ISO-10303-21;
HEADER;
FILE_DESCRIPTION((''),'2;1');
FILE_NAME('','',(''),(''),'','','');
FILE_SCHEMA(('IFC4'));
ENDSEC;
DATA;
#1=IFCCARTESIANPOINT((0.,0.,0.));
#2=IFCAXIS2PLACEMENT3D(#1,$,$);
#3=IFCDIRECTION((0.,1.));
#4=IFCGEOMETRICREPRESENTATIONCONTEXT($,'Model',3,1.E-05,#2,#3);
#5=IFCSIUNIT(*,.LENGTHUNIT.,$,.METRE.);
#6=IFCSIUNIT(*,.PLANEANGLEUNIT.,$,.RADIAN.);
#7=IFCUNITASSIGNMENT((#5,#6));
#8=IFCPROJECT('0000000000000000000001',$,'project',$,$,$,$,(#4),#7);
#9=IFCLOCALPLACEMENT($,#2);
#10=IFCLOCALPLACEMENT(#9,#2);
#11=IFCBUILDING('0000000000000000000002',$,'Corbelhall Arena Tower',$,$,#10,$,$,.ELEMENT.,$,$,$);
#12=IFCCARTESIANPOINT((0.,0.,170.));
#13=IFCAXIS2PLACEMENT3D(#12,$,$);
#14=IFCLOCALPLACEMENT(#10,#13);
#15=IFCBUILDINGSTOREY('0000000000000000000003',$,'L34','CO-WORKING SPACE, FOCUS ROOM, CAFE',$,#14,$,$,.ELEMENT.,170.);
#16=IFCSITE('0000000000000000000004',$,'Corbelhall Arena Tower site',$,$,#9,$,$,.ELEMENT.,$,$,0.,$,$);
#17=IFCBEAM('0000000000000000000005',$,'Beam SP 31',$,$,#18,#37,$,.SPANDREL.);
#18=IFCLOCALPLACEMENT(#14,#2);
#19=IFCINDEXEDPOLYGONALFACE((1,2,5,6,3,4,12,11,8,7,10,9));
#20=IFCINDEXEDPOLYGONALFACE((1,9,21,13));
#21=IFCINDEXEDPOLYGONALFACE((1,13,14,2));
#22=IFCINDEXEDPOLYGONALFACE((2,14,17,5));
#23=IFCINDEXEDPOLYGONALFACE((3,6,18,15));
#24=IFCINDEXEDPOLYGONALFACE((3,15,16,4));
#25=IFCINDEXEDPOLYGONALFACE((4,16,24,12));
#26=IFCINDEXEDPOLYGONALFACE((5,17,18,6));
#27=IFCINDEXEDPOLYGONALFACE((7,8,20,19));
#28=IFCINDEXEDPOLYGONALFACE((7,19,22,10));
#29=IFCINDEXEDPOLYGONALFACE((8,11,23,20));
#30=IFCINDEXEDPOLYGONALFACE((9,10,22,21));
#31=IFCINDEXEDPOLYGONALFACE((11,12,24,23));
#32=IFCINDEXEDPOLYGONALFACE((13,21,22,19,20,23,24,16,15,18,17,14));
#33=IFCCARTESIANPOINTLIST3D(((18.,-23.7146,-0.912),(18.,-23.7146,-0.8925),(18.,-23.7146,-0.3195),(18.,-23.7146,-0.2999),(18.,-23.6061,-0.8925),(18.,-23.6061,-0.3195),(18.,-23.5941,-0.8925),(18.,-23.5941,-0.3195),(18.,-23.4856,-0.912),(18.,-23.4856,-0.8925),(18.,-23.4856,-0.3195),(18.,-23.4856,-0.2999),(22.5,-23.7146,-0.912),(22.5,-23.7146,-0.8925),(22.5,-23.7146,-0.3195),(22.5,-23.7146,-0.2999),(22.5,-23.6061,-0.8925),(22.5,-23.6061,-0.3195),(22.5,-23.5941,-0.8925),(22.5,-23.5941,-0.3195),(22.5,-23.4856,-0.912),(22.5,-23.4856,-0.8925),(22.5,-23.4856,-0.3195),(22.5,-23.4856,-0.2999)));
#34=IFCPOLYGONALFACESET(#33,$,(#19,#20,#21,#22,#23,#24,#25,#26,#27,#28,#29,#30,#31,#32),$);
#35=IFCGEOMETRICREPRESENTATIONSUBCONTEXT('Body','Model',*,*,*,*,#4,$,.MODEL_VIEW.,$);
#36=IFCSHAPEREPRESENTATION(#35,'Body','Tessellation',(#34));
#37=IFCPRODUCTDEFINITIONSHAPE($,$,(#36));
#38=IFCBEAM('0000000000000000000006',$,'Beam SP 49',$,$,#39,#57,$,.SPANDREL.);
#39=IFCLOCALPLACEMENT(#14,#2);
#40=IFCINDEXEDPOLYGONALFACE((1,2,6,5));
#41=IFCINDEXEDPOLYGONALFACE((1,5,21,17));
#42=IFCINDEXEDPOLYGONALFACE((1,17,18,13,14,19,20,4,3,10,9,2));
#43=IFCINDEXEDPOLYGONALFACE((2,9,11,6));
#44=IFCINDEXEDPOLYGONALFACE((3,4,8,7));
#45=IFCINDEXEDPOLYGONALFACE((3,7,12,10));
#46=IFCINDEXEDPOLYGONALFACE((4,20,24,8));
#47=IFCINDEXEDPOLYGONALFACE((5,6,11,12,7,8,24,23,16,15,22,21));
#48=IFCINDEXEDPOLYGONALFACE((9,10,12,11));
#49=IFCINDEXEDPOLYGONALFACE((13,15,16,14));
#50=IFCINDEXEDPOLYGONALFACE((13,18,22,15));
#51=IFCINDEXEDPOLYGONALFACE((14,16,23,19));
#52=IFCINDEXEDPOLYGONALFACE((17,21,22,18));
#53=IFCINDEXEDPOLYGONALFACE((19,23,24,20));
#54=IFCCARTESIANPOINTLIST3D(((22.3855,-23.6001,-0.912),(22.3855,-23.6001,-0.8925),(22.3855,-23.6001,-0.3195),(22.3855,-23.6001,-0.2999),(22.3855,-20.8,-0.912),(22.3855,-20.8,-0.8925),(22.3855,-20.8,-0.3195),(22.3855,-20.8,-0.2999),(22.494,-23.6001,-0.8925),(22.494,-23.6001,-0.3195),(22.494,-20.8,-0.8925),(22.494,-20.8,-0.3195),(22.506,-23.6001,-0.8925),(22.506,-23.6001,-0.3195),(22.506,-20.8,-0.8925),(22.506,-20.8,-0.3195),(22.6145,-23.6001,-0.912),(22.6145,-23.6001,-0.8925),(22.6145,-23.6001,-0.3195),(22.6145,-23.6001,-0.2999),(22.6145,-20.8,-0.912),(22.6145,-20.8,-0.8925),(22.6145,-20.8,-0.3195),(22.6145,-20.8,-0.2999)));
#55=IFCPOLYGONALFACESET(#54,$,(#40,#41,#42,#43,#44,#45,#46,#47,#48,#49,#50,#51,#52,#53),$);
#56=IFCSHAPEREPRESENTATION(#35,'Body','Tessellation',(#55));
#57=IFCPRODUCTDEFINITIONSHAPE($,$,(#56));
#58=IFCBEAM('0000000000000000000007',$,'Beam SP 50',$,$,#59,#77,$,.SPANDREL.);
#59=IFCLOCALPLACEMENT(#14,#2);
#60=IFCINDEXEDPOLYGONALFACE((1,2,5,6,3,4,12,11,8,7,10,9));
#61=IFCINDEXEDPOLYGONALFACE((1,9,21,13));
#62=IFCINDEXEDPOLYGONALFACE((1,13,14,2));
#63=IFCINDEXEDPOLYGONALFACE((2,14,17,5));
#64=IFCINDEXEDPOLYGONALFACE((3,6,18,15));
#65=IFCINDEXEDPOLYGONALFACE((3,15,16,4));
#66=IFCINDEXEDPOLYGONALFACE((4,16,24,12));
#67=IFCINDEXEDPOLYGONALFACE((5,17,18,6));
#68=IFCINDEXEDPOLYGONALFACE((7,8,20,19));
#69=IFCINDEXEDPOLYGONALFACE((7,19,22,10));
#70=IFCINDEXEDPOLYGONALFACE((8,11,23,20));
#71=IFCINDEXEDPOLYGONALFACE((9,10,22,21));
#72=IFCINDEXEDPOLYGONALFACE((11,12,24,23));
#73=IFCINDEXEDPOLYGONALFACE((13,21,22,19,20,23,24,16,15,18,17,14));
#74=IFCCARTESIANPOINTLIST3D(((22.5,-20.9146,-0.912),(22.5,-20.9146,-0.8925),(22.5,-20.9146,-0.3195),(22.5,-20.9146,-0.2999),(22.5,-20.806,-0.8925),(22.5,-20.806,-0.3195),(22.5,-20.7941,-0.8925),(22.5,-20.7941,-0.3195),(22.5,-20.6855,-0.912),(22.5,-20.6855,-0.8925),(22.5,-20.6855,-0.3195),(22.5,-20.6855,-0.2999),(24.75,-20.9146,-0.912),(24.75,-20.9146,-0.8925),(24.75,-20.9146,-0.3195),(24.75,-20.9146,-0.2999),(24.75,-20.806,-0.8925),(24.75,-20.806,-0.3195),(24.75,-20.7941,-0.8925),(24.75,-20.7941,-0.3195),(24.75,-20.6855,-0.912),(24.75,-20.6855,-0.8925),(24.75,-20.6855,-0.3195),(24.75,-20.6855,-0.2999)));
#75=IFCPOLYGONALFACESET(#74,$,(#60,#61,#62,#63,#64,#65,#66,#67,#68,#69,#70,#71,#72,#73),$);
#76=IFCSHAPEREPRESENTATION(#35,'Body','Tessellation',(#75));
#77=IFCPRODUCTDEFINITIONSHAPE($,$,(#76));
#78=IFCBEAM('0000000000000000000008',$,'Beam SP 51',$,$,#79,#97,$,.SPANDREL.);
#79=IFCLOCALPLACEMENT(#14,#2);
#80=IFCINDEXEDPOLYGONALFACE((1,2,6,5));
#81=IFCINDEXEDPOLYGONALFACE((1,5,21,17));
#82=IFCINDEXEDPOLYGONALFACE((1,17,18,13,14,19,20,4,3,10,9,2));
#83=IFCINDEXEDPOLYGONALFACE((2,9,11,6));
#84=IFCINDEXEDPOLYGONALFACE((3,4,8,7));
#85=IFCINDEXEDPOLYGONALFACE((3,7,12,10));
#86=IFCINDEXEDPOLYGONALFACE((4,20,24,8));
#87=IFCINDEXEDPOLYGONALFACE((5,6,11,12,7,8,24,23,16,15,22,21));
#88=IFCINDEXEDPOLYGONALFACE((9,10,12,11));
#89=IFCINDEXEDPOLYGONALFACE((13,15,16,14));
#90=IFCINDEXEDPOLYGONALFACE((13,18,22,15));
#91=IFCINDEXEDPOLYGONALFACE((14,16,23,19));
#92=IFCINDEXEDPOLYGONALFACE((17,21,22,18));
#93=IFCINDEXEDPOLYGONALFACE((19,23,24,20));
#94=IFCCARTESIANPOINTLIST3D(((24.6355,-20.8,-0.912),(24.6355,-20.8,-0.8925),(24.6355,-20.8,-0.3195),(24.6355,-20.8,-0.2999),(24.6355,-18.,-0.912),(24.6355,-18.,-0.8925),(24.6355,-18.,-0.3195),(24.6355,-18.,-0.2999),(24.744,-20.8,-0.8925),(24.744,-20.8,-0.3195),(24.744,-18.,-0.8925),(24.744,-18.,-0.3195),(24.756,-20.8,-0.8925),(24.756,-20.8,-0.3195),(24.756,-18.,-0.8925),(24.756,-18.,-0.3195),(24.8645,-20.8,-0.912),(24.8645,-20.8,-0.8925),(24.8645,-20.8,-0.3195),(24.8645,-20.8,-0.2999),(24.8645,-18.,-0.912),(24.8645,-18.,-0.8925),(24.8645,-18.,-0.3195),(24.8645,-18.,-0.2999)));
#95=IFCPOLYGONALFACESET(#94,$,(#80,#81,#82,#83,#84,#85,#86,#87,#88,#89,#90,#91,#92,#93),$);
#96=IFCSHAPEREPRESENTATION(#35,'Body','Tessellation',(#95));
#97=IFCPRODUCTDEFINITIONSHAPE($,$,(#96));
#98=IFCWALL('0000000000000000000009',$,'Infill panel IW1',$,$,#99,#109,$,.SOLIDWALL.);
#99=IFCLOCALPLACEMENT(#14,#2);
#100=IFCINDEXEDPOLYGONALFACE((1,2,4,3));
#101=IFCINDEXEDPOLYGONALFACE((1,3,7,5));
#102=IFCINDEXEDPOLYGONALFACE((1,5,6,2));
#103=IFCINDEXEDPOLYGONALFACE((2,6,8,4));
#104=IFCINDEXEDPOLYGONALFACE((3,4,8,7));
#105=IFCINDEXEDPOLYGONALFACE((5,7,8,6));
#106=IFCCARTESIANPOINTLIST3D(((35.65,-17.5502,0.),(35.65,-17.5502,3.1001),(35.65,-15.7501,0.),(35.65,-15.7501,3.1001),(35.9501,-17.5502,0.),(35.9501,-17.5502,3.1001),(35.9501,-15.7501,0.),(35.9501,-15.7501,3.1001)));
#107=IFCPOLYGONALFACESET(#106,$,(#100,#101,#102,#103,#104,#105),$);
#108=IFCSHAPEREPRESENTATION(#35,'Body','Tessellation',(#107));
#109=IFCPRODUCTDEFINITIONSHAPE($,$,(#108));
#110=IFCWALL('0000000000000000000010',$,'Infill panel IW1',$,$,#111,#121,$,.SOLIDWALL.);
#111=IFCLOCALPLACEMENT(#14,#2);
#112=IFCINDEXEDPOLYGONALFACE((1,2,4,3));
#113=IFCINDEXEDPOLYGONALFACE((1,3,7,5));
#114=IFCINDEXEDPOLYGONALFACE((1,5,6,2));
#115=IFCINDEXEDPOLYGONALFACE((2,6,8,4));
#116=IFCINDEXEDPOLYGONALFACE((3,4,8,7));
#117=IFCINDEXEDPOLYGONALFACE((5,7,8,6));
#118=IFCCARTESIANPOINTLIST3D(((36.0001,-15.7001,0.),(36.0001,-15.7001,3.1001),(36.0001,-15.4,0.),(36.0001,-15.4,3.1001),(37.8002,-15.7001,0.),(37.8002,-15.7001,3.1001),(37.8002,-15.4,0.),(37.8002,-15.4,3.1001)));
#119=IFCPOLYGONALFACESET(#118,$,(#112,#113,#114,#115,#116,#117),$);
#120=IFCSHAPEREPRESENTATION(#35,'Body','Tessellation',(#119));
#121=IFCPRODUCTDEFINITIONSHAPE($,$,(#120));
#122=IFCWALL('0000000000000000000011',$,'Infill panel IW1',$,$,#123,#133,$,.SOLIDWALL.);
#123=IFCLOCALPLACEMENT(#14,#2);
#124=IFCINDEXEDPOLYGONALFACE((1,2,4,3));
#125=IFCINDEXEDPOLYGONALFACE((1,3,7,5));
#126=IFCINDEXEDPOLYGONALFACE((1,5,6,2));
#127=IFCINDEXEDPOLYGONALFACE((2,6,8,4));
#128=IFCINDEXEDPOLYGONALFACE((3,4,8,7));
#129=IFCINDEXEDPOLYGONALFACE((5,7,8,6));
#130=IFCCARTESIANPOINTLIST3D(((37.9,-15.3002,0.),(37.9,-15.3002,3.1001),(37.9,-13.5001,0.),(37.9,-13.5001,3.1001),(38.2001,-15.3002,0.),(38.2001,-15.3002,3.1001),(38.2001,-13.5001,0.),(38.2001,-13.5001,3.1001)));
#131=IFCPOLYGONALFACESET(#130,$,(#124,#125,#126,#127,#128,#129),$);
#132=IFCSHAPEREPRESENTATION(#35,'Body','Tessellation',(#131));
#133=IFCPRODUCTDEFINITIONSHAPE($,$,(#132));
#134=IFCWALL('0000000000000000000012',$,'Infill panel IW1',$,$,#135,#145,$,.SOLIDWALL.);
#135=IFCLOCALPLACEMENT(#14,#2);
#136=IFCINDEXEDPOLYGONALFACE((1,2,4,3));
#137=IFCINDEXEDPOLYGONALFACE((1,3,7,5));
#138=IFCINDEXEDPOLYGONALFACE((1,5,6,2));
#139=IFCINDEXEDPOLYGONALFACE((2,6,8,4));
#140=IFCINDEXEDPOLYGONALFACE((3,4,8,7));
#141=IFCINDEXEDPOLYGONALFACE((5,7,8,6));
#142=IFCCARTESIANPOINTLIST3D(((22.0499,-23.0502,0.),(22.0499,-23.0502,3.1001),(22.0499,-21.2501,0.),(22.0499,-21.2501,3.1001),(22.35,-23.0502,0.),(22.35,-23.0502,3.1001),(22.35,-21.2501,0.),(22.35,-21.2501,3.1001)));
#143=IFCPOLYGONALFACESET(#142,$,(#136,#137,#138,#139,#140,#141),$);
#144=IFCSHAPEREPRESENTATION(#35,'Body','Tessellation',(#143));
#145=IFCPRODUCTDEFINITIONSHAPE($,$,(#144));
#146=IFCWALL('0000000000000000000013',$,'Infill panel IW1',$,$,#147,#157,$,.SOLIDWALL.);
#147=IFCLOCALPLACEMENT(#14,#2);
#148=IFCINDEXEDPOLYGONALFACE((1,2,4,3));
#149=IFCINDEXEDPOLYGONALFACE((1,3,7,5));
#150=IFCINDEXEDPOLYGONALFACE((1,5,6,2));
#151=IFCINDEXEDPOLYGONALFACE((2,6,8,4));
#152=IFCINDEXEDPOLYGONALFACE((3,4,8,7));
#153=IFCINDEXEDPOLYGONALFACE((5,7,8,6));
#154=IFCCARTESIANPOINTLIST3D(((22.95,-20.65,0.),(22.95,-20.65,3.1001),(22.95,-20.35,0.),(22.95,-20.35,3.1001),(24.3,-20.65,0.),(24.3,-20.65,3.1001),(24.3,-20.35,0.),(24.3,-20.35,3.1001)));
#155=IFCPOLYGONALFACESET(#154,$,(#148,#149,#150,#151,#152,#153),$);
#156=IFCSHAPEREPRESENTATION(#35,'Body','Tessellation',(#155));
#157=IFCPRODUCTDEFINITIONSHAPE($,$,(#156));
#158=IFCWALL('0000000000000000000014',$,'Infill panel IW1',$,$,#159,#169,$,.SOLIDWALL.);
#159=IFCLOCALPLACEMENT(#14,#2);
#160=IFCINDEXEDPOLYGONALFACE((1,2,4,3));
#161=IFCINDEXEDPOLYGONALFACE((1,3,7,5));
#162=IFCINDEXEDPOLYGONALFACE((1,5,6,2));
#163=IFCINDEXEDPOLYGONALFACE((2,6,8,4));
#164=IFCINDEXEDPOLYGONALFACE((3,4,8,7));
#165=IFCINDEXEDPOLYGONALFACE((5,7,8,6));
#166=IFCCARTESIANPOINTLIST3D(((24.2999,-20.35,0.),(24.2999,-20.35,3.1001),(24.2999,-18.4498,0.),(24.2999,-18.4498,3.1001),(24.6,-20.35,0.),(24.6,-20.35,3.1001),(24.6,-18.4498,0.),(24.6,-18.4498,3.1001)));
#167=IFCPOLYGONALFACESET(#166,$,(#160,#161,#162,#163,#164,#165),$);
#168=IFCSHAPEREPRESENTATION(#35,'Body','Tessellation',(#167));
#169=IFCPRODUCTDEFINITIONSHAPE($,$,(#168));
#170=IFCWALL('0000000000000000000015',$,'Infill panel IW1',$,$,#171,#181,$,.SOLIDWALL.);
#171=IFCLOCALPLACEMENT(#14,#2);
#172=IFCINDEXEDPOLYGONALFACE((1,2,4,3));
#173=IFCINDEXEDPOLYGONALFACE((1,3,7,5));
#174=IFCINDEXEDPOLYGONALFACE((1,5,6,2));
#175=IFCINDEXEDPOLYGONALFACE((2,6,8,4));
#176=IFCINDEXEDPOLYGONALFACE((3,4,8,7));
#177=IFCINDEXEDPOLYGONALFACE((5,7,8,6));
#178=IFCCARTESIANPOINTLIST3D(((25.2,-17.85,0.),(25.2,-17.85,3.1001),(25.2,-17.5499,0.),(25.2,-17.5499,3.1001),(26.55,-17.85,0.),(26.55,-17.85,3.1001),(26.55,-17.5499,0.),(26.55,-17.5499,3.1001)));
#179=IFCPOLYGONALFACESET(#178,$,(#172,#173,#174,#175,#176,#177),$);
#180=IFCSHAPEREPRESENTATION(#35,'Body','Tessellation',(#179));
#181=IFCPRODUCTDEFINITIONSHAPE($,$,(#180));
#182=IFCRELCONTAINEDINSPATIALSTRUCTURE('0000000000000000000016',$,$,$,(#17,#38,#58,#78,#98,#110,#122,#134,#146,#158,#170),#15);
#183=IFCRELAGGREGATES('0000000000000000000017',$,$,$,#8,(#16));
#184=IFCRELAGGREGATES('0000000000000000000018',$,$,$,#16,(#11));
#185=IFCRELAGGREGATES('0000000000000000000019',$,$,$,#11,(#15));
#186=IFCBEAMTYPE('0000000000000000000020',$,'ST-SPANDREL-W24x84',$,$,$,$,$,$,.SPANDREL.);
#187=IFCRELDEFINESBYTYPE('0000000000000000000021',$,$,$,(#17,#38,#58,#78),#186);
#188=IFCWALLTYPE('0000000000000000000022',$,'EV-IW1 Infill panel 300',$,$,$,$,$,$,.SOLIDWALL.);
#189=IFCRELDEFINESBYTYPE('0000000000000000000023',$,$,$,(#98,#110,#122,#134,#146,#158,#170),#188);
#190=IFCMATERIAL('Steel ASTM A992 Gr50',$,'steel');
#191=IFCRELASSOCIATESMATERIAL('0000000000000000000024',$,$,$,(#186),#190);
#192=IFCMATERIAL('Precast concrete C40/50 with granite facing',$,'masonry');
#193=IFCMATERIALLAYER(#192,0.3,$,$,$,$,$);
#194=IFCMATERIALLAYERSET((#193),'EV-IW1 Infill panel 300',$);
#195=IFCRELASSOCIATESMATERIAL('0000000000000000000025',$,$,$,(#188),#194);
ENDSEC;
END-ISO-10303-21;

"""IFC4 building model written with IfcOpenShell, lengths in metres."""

from ifc_helpers import new_model, si_unit, direction, frame, frame_2d, origin, origin_2d, place, context, subcontext, project, spatial, rectangle, i_section, extrude, material, layer, layer_set, material_profile, profile_set, type_object, element, save


model = new_model("IFC4")

# Units and contexts
model_context = context("Model", 3, precision=1e-05, world=origin(), true_north=direction((0.0, 1.0)))
body_context = subcontext(model_context, "Body", "Model", "MODEL_VIEW")
ifc_project = project(units=[si_unit("LENGTHUNIT", "METRE"), si_unit("PLANEANGLEUNIT", "RADIAN")], contexts=[model_context])

# Site, building, storey
site_placement = place(None, origin())
site = spatial("IfcSite", under=ifc_project, at=site_placement, Name="Corbelhall Arena Tower site", CompositionType="ELEMENT", RefElevation=0.0)
building_placement = place(site_placement, origin())
building = spatial("IfcBuilding", under=site, at=building_placement, Name="Corbelhall Arena Tower", CompositionType="ELEMENT")
storey_placement = place(building_placement, frame((0.0, 0.0, 170.0)))
storey = spatial("IfcBuildingStorey", under=building, at=storey_placement, Name="L34", Description="CO-WORKING SPACE, FOCUS ROOM, CAFE", CompositionType="ELEMENT", Elevation=170.0)

# Beams
ifc_material_1 = material(Name="Steel ASTM A992 Gr50", Category="steel")
ifc_material_profile_1 = material_profile(ifc_material_1, i_section(OverallWidth=0.229, OverallDepth=0.6121, WebThickness=0.012, FlangeThickness=0.0195, at=origin_2d()))
ifc_profile_set_1 = profile_set([ifc_material_profile_1], Name="Steel ASTM A992 Gr50")
beam_type = type_object("IfcBeamType", Name="ST-SPANDREL-W24x84", PredefinedType="SPANDREL", material=ifc_profile_set_1)
for number, where, z_axis, x_axis, name in (
    (1, (22.5, -23.6001, -0.606), (-1.0, 0.0, 0.0), (0.0, -1.0, 0.0), "Beam SP 31"),
):
    element("IfcBeam", number, at=place(storey_placement, frame(where, z_axis=z_axis, x_axis=x_axis)), inside=storey, type_object=beam_type, Name=name, PredefinedType="SPANDREL", context=body_context, shape_type="SweptSolid", body=[
        extrude(i_section(OverallWidth=0.229, OverallDepth=0.6121, WebThickness=0.012, FlangeThickness=0.0195, at=origin_2d()), origin(), (0.0, 0.0, 1.0), 4.5),
    ])
beam_1_placement = place(storey_placement, frame((22.5, -20.8, -0.606), z_axis=(0.0, -1.0, 0.0), x_axis=(1.0, 0.0, 0.0)))
element("IfcBeam", 2, at=beam_1_placement, inside=storey, type_object=beam_type, Name="Beam SP 49", PredefinedType="SPANDREL", context=body_context, shape_type="SweptSolid", body=[
    extrude(i_section(OverallWidth=0.229, OverallDepth=0.6121, WebThickness=0.012, FlangeThickness=0.0195, at=origin_2d()), origin(), (0.0, 0.0, 1.0), 2.8),
])
beam_2_placement = place(storey_placement, frame((24.75, -20.8, -0.606), z_axis=(-1.0, 0.0, 0.0), x_axis=(0.0, -1.0, 0.0)))
element("IfcBeam", 3, at=beam_2_placement, inside=storey, type_object=beam_type, Name="Beam SP 50", PredefinedType="SPANDREL", context=body_context, shape_type="SweptSolid", body=[
    extrude(i_section(OverallWidth=0.229, OverallDepth=0.6121, WebThickness=0.012, FlangeThickness=0.0195, at=origin_2d()), origin(), (0.0, 0.0, 1.0), 2.25),
])
beam_3_placement = place(storey_placement, frame((24.75, -18.0, -0.606), z_axis=(0.0, -1.0, 0.0), x_axis=(1.0, 0.0, 0.0)))
element("IfcBeam", 4, at=beam_3_placement, inside=storey, type_object=beam_type, Name="Beam SP 51", PredefinedType="SPANDREL", context=body_context, shape_type="SweptSolid", body=[
    extrude(i_section(OverallWidth=0.229, OverallDepth=0.6121, WebThickness=0.012, FlangeThickness=0.0195, at=origin_2d()), origin(), (0.0, 0.0, 1.0), 2.8),
])

# Walls
ifc_material_2 = material(Name="Precast concrete C40/50 with granite facing", Category="masonry")
ifc_layer = layer(ifc_material_2, 0.3)
ifc_layer_set = layer_set([ifc_layer], Name="EV-IW1 Infill panel 300")
wall_type = type_object("IfcWallType", Name="EV-IW1 Infill panel 300", PredefinedType="SOLIDWALL", material=ifc_layer_set)
for number, where, z_axis, x_axis, name in (
    (5, (35.8, -17.55, 0.0), (0.0, 0.0, 1.0), (0.0, 1.0, 0.0), "Infill panel IW1"),
    (6, (37.8, -15.55, 0.0), (0.0, 0.0, 1.0), (-1.0, 0.0, 0.0), "Infill panel IW1"),
    (7, (38.05, -15.3, 0.0), (0.0, 0.0, 1.0), (0.0, 1.0, 0.0), "Infill panel IW1"),
):
    element("IfcWall", number, at=place(storey_placement, frame(where, z_axis=z_axis, x_axis=x_axis)), inside=storey, type_object=wall_type, Name=name, PredefinedType="SOLIDWALL", context=body_context, shape_type="SweptSolid", body=[
        extrude(rectangle(XDim=1.8, YDim=0.3, at=frame_2d((0.8999, 0.0))), origin(), (0.0, 0.0, 1.0), 3.1001),
    ])

# Walls
wall_1_placement = place(storey_placement, frame((22.2, -23.05, 0.0), z_axis=(0.0, 0.0, 1.0), x_axis=(0.0, 1.0, 0.0)))
element("IfcWall", 8, at=wall_1_placement, inside=storey, type_object=wall_type, Name="Infill panel IW1", PredefinedType="SOLIDWALL", context=body_context, shape_type="SweptSolid", body=[
    extrude(rectangle(XDim=1.8, YDim=0.3, at=frame_2d((0.8999, 0.0))), origin(), (0.0, 0.0, 1.0), 3.1001),
])
wall_2_placement = place(storey_placement, frame((22.95, -20.5, 0.0), z_axis=(0.0, 0.0, 1.0), x_axis=(1.0, 0.0, 0.0)))
element("IfcWall", 9, at=wall_2_placement, inside=storey, type_object=wall_type, Name="Infill panel IW1", PredefinedType="SOLIDWALL", context=body_context, shape_type="SweptSolid", body=[
    extrude(rectangle(XDim=1.3501, YDim=0.3, at=frame_2d((0.675, 0.0))), origin(), (0.0, 0.0, 1.0), 3.1001),
])
wall_3_placement = place(storey_placement, frame((24.45, -20.3501, 0.0), z_axis=(0.0, 0.0, 1.0), x_axis=(0.0, 1.0, 0.0)))
element("IfcWall", 10, at=wall_3_placement, inside=storey, type_object=wall_type, Name="Infill panel IW1", PredefinedType="SOLIDWALL", context=body_context, shape_type="SweptSolid", body=[
    extrude(rectangle(XDim=1.9001, YDim=0.3, at=frame_2d((0.9502, 0.0))), origin(), (0.0, 0.0, 1.0), 3.1001),
])
wall_4_placement = place(storey_placement, frame((25.2, -17.7, 0.0), z_axis=(0.0, 0.0, 1.0), x_axis=(1.0, 0.0, 0.0)))
element("IfcWall", 11, at=wall_4_placement, inside=storey, type_object=wall_type, Name="Infill panel IW1", PredefinedType="SOLIDWALL", context=body_context, shape_type="SweptSolid", body=[
    extrude(rectangle(XDim=1.3501, YDim=0.3, at=frame_2d((0.675, 0.0))), origin(), (0.0, 0.0, 1.0), 3.1001),
])

save(model, "model.ifc")
